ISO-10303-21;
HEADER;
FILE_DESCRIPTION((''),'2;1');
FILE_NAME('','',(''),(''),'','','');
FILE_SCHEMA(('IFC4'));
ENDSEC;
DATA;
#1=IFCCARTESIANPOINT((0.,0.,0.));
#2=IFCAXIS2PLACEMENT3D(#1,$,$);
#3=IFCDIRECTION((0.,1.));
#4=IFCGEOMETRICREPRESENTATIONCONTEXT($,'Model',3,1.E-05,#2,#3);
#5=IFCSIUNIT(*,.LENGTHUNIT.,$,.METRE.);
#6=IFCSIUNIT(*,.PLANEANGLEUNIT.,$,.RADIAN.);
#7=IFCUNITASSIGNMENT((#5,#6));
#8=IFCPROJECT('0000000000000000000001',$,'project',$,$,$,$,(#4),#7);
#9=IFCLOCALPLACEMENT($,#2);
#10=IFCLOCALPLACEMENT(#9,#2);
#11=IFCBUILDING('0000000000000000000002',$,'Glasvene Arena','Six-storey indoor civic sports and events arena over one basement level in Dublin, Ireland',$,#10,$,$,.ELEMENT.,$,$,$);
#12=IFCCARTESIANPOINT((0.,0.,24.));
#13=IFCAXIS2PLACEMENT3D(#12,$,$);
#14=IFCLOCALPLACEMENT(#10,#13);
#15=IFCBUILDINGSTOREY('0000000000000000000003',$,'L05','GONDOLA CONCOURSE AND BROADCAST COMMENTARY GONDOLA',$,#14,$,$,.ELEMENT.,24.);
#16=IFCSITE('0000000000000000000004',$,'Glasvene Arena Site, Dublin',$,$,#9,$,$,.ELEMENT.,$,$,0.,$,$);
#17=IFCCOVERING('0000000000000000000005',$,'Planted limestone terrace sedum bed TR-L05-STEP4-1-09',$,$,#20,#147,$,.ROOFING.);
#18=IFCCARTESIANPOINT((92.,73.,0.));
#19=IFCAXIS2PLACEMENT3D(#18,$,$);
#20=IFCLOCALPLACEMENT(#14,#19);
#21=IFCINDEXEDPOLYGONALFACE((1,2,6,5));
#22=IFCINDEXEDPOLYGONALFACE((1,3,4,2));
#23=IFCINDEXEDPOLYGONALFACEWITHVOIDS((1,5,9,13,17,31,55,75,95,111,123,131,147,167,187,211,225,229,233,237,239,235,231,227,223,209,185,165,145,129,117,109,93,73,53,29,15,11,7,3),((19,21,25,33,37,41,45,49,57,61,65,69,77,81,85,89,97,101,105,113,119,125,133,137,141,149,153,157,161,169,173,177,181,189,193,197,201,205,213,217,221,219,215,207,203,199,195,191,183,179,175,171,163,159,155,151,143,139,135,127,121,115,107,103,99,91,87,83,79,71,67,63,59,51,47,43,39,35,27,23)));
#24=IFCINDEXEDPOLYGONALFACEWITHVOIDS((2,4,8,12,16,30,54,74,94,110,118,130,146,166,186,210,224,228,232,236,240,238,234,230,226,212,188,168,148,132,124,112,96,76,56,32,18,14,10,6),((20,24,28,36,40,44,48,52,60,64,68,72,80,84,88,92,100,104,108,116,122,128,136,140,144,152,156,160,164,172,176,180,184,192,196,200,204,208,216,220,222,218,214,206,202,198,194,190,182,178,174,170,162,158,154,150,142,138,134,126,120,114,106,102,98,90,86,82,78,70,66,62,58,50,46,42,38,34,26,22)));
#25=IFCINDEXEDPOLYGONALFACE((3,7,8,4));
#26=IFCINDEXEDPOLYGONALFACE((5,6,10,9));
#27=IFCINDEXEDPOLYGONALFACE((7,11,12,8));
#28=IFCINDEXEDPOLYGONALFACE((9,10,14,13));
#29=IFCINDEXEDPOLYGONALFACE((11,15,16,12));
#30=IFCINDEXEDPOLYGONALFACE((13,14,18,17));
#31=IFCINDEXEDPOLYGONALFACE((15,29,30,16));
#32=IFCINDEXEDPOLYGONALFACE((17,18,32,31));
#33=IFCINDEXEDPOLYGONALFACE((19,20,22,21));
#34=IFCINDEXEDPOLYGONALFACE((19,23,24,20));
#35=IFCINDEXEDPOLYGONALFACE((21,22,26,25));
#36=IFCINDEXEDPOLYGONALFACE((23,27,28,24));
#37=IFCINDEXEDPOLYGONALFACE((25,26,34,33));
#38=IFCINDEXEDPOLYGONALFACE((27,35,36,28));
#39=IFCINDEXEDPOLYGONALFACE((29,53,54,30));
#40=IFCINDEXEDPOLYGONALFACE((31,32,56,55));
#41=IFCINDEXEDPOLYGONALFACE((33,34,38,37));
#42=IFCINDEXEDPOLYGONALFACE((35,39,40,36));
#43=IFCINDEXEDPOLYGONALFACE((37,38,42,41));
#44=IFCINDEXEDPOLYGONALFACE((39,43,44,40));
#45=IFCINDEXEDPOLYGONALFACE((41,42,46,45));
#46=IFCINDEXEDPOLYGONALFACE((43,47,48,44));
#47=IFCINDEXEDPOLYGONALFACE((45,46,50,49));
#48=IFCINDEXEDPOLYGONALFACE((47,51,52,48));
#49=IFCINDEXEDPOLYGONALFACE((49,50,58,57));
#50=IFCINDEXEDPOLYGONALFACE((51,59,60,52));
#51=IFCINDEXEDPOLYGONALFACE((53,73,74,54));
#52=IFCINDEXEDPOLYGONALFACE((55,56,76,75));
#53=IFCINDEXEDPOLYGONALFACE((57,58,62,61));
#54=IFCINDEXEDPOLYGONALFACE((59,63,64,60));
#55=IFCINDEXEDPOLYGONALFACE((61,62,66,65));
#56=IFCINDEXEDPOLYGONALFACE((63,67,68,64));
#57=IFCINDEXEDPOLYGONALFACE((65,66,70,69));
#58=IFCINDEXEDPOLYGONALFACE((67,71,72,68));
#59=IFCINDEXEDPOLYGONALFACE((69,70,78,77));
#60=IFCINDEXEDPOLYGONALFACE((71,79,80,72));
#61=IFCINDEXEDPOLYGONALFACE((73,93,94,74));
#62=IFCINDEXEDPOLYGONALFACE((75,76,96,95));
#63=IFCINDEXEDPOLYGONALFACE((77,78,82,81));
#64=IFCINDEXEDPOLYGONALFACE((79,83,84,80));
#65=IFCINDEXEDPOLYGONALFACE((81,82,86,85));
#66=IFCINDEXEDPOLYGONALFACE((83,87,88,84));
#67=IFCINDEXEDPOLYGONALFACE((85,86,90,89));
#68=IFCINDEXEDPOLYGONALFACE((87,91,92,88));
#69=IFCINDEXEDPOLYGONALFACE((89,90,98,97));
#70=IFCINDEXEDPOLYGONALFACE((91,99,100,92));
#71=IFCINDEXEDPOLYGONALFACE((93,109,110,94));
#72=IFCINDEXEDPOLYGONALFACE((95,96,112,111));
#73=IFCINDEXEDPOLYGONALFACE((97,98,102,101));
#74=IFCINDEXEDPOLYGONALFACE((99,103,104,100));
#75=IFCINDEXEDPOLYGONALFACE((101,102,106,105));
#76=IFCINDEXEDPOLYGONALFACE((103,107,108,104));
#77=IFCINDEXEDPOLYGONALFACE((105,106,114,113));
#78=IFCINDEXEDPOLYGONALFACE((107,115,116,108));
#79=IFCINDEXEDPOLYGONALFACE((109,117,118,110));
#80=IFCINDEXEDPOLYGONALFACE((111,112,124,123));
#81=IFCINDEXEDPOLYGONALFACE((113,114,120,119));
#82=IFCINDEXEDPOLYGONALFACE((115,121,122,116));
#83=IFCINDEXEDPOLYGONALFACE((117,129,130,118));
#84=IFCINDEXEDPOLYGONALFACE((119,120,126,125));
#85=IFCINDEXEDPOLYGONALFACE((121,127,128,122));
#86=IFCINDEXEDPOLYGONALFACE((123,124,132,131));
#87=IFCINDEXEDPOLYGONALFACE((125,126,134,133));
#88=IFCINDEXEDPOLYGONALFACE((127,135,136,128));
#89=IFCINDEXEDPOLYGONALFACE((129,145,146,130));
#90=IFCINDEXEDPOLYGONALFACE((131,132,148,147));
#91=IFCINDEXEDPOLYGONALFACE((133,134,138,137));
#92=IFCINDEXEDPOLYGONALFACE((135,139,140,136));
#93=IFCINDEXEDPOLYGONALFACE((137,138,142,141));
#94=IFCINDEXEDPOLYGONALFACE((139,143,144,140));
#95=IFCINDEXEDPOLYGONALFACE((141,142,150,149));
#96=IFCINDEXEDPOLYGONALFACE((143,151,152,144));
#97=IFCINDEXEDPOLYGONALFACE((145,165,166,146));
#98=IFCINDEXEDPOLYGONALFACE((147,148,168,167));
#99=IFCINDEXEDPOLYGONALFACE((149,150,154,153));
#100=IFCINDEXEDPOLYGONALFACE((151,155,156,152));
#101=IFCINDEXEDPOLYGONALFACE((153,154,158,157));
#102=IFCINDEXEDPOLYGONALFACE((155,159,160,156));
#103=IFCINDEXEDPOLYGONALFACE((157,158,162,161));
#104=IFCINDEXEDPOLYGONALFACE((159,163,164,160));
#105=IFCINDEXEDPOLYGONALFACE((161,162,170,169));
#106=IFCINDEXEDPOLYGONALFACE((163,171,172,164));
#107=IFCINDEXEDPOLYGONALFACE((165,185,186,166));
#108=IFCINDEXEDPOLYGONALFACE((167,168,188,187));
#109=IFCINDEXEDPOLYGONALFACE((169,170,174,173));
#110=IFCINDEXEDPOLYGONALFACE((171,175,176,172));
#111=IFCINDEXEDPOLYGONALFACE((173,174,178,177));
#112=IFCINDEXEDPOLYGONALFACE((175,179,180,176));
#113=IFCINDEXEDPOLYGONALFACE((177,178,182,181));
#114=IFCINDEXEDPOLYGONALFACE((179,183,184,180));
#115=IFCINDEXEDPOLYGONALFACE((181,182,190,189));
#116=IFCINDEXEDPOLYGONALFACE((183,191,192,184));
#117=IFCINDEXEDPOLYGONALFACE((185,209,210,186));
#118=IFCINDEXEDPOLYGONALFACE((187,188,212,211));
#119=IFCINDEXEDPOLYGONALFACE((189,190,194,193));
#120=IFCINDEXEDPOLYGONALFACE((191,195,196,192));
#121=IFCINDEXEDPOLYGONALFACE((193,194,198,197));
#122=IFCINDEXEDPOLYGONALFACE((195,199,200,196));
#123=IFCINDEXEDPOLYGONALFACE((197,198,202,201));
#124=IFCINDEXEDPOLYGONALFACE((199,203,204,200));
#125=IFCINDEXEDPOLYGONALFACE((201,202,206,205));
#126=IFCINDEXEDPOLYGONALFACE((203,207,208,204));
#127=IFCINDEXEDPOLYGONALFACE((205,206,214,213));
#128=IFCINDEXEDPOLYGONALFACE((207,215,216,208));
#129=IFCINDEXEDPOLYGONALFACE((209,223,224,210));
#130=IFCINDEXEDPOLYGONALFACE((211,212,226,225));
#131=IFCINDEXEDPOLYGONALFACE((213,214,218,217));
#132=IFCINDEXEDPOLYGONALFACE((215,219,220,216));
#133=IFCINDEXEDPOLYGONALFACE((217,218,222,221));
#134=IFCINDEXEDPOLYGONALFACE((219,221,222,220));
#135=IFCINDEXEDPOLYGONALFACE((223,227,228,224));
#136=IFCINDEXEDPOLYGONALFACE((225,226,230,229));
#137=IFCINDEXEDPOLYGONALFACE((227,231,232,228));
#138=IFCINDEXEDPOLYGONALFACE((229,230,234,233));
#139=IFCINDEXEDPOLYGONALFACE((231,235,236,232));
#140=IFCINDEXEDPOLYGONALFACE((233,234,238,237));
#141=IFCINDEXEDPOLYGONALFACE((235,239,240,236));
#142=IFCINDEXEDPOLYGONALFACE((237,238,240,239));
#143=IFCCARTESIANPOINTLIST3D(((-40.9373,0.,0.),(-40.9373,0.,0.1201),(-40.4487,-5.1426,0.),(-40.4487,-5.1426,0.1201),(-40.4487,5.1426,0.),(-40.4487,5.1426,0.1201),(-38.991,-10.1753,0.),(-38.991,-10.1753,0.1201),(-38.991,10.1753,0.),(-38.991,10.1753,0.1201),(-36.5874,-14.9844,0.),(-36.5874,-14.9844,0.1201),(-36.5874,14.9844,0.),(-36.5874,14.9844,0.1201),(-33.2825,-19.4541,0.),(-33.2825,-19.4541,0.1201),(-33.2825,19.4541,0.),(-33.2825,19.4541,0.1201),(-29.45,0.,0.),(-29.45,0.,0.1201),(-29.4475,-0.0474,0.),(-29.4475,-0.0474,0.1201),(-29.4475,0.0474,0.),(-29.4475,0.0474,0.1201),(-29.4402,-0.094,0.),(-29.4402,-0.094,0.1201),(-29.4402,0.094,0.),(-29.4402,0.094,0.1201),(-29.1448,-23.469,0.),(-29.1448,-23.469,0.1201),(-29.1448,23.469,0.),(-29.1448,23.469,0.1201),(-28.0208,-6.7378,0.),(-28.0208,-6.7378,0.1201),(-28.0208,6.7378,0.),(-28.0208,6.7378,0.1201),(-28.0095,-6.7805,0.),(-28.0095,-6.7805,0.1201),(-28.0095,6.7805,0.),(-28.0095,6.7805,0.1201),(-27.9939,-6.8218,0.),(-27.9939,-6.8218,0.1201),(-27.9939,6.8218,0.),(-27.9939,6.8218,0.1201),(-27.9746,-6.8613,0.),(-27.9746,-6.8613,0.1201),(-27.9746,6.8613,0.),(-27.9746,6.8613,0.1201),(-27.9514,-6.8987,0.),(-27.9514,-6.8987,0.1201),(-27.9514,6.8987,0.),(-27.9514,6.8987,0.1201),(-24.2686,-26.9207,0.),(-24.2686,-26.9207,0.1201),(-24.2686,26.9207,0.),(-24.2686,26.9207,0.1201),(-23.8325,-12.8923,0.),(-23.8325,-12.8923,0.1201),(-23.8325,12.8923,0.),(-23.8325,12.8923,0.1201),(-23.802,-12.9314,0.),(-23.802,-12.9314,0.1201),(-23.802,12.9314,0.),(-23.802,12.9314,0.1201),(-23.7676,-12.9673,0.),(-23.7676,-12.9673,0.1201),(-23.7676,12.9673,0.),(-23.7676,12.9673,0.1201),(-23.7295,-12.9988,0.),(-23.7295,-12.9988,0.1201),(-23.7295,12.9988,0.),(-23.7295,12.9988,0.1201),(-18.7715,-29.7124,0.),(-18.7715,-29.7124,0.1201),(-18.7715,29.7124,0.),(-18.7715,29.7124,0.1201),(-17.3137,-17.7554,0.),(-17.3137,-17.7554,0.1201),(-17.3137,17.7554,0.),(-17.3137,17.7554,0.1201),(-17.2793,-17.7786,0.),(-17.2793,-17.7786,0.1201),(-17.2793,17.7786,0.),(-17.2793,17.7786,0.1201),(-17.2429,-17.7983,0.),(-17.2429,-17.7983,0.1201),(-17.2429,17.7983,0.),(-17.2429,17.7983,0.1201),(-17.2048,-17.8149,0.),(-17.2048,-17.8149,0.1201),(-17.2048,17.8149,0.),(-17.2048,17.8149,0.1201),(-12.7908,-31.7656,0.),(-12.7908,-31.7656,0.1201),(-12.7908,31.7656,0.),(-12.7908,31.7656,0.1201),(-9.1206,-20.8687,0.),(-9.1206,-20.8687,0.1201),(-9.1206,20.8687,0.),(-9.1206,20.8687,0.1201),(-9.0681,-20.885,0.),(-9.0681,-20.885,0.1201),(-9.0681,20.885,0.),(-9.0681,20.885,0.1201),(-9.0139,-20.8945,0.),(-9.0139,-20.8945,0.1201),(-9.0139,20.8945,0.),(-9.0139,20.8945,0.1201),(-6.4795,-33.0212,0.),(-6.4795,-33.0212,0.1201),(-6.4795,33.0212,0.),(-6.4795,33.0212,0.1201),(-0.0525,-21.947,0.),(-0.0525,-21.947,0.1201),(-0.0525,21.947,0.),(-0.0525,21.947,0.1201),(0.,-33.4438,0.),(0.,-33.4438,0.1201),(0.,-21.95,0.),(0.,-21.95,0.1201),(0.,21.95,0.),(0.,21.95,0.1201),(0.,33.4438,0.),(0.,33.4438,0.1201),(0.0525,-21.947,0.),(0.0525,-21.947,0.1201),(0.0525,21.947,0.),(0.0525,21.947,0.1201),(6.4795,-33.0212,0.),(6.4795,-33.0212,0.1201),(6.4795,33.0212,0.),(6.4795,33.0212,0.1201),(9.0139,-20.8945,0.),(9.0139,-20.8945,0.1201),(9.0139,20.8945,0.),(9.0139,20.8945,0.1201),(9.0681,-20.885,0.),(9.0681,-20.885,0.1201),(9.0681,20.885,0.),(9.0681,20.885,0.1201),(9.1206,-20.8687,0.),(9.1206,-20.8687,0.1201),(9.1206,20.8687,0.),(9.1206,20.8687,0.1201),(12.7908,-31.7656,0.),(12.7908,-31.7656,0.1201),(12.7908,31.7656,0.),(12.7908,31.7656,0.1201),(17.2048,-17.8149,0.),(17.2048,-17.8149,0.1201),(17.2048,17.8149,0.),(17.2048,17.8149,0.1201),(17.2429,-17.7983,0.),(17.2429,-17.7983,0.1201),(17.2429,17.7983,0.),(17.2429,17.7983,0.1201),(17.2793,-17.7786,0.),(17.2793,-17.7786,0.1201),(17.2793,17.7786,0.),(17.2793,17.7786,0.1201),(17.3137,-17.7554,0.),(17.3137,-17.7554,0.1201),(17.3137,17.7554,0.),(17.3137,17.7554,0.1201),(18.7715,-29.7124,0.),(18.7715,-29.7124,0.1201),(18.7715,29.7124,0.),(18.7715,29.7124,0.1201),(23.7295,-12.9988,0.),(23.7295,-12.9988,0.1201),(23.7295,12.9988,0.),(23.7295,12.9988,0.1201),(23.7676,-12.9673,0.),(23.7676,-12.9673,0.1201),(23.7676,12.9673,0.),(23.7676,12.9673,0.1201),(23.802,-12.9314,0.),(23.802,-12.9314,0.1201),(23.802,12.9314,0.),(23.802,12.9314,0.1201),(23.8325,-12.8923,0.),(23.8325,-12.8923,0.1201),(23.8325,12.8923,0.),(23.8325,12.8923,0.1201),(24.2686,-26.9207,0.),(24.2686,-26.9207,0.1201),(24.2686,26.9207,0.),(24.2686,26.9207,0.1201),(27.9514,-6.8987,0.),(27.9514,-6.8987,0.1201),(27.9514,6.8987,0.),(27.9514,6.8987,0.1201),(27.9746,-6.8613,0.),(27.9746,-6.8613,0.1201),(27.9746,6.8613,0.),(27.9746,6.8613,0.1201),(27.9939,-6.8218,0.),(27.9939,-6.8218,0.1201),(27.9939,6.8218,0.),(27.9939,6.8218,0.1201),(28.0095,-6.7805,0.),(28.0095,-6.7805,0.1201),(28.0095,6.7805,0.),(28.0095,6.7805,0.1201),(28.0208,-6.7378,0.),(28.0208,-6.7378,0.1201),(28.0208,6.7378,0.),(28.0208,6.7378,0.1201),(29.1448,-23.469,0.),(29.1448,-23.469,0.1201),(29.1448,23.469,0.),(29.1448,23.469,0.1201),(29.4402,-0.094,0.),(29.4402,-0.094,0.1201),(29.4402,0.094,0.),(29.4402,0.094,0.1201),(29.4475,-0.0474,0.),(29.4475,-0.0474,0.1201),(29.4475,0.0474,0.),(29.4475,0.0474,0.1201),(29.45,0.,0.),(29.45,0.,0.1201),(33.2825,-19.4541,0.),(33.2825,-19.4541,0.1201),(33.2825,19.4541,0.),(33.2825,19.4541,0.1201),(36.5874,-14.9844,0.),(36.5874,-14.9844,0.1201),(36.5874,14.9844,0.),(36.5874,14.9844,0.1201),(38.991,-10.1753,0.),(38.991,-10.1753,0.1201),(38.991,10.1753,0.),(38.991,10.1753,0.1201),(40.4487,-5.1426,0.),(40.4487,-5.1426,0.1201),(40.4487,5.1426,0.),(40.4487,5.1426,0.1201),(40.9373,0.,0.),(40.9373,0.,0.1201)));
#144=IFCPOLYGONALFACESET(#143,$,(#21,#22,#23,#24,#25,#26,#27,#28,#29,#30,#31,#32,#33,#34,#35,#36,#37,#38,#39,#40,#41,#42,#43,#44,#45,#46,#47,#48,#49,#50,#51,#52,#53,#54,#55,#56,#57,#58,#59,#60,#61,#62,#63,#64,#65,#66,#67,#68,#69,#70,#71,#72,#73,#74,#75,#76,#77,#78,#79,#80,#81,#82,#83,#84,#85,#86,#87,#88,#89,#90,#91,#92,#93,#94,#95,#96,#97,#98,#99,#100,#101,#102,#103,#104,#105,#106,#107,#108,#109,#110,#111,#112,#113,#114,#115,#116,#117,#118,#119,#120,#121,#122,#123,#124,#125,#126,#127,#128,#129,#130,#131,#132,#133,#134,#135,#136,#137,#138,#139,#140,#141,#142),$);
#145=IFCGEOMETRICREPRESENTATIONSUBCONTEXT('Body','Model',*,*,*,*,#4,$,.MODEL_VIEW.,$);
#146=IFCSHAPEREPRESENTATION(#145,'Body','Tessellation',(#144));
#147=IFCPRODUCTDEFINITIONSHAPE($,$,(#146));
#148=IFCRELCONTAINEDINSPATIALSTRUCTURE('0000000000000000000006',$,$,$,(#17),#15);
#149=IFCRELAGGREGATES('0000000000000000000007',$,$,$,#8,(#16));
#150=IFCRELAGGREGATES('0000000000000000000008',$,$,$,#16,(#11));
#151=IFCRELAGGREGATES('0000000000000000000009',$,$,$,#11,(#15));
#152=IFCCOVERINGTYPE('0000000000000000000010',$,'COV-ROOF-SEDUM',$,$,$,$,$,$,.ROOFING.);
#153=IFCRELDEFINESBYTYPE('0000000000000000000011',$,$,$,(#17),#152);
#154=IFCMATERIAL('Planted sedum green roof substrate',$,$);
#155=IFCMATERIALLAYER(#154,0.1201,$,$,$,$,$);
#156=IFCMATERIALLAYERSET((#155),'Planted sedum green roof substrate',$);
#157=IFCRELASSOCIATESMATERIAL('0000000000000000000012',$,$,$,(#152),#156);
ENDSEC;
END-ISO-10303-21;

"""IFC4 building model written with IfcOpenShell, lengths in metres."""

from ifc_helpers import new_model, si_unit, direction, frame, origin, place, context, subcontext, project, spatial, polyline, outline, extrude, material, layer, layer_set, type_object, element, save


model = new_model("IFC4")

# Units and contexts
model_context = context("Model", 3, precision=1e-05, world=origin(), true_north=direction((0.0, 1.0)))
body_context = subcontext(model_context, "Body", "Model", "MODEL_VIEW")
ifc_project = project(units=[si_unit("LENGTHUNIT", "METRE"), si_unit("PLANEANGLEUNIT", "RADIAN")], contexts=[model_context])

# Site, building, storey
site_placement = place(None, origin())
site = spatial("IfcSite", under=ifc_project, at=site_placement, Name="Glasvene Arena Site, Dublin", CompositionType="ELEMENT", RefElevation=0.0)
building_placement = place(site_placement, origin())
building = spatial("IfcBuilding", under=site, at=building_placement, Name="Glasvene Arena", Description="Six-storey indoor civic sports and events arena over one basement level in Dublin, Ireland", CompositionType="ELEMENT")
storey_placement = place(building_placement, frame((0.0, 0.0, 24.0)))
storey = spatial("IfcBuildingStorey", under=building, at=storey_placement, Name="L05", Description="GONDOLA CONCOURSE AND BROADCAST COMMENTARY GONDOLA", CompositionType="ELEMENT", Elevation=24.0)

# Covering
ifc_material_1 = material(Name="Planted sedum green roof substrate")
ifc_layer_1 = layer(ifc_material_1, 0.1201)
ifc_layer_set_1 = layer_set([ifc_layer_1], Name="Planted sedum green roof substrate")
covering_type = type_object("IfcCoveringType", Name="COV-ROOF-SEDUM", PredefinedType="ROOFING", material=ifc_layer_set_1)
covering_placement = place(storey_placement, frame((92.0, 73.0, 0.0)))
element("IfcCovering", 1, at=covering_placement, inside=storey, type_object=covering_type, Name="Planted limestone terrace sedum bed TR-L05-STEP4-1-09", PredefinedType="ROOFING", context=body_context, shape_type="SweptSolid", body=[
    extrude(outline(polyline([(40.9373, 0.0), (40.4487, -5.1426), (38.991, -10.1753), (36.5874, -14.9844), (33.2825, -19.4541), (29.1448, -23.469), (24.2686, -26.9207), (18.7715, -29.7124), (12.7908, -31.7656), (6.4795, -33.0212), (0.0, -33.4438), (-6.4795, -33.0212), (-12.7908, -31.7656), (-18.7715, -29.7124), (-24.2686, -26.9207), (-29.1448, -23.469), (-33.2825, -19.4541), (-36.5874, -14.9844), (-38.991, -10.1753), (-40.4487, -5.1426), (-40.9373, 0.0), (-40.4487, 5.1426), (-38.991, 10.1753), (-36.5874, 14.9844), (-33.2825, 19.4541), (-29.1448, 23.469), (-24.2686, 26.9207), (-18.7715, 29.7124), (-12.7908, 31.7656), (-6.4795, 33.0212), (0.0, 33.4438), (6.4795, 33.0212), (12.7908, 31.7656), (18.7715, 29.7124), (24.2686, 26.9207), (29.1448, 23.469), (33.2825, 19.4541), (36.5874, 14.9844), (38.991, 10.1753), (40.4487, 5.1426), (40.9373, 0.0)]), holes=[polyline([(17.3137, 17.7554), (17.2793, 17.7786), (17.2429, 17.7983), (17.2048, 17.8149), (9.1206, 20.8687), (9.0681, 20.885), (9.0139, 20.8945), (0.0525, 21.947), (0.0, 21.95), (-0.0525, 21.947), (-9.0139, 20.8945), (-9.0681, 20.885), (-9.1206, 20.8687), (-17.2048, 17.8149), (-17.2429, 17.7983), (-17.2793, 17.7786), (-17.3137, 17.7554), (-23.7295, 12.9988), (-23.7676, 12.9673), (-23.802, 12.9314), (-23.8325, 12.8923), (-27.9514, 6.8987), (-27.9746, 6.8613), (-27.9939, 6.8218), (-28.0095, 6.7805), (-28.0208, 6.7378), (-29.4402, 0.094), (-29.4475, 0.0474), (-29.45, 0.0), (-29.4475, -0.0474), (-29.4402, -0.094), (-28.0208, -6.7378), (-28.0095, -6.7805), (-27.9939, -6.8218), (-27.9746, -6.8613), (-27.9514, -6.8987), (-23.8325, -12.8923), (-23.802, -12.9314), (-23.7676, -12.9673), (-23.7295, -12.9988), (-17.3137, -17.7554), (-17.2793, -17.7786), (-17.2429, -17.7983), (-17.2048, -17.8149), (-9.1206, -20.8687), (-9.0681, -20.885), (-9.0139, -20.8945), (-0.0525, -21.947), (0.0, -21.95), (0.0525, -21.947), (9.0139, -20.8945), (9.0681, -20.885), (9.1206, -20.8687), (17.2048, -17.8149), (17.2429, -17.7983), (17.2793, -17.7786), (17.3137, -17.7554), (23.7295, -12.9988), (23.7676, -12.9673), (23.802, -12.9314), (23.8325, -12.8923), (27.9514, -6.8987), (27.9746, -6.8613), (27.9939, -6.8218), (28.0095, -6.7805), (28.0208, -6.7378), (29.4402, -0.094), (29.4475, -0.0474), (29.45, 0.0), (29.4475, 0.0474), (29.4402, 0.094), (28.0208, 6.7378), (28.0095, 6.7805), (27.9939, 6.8218), (27.9746, 6.8613), (27.9514, 6.8987), (23.8325, 12.8923), (23.802, 12.9314), (23.7676, 12.9673), (23.7295, 12.9988), (17.3137, 17.7554)])]), origin(), (0.0, 0.0, 1.0), 0.1201),
])

save(model, "model.ifc")
